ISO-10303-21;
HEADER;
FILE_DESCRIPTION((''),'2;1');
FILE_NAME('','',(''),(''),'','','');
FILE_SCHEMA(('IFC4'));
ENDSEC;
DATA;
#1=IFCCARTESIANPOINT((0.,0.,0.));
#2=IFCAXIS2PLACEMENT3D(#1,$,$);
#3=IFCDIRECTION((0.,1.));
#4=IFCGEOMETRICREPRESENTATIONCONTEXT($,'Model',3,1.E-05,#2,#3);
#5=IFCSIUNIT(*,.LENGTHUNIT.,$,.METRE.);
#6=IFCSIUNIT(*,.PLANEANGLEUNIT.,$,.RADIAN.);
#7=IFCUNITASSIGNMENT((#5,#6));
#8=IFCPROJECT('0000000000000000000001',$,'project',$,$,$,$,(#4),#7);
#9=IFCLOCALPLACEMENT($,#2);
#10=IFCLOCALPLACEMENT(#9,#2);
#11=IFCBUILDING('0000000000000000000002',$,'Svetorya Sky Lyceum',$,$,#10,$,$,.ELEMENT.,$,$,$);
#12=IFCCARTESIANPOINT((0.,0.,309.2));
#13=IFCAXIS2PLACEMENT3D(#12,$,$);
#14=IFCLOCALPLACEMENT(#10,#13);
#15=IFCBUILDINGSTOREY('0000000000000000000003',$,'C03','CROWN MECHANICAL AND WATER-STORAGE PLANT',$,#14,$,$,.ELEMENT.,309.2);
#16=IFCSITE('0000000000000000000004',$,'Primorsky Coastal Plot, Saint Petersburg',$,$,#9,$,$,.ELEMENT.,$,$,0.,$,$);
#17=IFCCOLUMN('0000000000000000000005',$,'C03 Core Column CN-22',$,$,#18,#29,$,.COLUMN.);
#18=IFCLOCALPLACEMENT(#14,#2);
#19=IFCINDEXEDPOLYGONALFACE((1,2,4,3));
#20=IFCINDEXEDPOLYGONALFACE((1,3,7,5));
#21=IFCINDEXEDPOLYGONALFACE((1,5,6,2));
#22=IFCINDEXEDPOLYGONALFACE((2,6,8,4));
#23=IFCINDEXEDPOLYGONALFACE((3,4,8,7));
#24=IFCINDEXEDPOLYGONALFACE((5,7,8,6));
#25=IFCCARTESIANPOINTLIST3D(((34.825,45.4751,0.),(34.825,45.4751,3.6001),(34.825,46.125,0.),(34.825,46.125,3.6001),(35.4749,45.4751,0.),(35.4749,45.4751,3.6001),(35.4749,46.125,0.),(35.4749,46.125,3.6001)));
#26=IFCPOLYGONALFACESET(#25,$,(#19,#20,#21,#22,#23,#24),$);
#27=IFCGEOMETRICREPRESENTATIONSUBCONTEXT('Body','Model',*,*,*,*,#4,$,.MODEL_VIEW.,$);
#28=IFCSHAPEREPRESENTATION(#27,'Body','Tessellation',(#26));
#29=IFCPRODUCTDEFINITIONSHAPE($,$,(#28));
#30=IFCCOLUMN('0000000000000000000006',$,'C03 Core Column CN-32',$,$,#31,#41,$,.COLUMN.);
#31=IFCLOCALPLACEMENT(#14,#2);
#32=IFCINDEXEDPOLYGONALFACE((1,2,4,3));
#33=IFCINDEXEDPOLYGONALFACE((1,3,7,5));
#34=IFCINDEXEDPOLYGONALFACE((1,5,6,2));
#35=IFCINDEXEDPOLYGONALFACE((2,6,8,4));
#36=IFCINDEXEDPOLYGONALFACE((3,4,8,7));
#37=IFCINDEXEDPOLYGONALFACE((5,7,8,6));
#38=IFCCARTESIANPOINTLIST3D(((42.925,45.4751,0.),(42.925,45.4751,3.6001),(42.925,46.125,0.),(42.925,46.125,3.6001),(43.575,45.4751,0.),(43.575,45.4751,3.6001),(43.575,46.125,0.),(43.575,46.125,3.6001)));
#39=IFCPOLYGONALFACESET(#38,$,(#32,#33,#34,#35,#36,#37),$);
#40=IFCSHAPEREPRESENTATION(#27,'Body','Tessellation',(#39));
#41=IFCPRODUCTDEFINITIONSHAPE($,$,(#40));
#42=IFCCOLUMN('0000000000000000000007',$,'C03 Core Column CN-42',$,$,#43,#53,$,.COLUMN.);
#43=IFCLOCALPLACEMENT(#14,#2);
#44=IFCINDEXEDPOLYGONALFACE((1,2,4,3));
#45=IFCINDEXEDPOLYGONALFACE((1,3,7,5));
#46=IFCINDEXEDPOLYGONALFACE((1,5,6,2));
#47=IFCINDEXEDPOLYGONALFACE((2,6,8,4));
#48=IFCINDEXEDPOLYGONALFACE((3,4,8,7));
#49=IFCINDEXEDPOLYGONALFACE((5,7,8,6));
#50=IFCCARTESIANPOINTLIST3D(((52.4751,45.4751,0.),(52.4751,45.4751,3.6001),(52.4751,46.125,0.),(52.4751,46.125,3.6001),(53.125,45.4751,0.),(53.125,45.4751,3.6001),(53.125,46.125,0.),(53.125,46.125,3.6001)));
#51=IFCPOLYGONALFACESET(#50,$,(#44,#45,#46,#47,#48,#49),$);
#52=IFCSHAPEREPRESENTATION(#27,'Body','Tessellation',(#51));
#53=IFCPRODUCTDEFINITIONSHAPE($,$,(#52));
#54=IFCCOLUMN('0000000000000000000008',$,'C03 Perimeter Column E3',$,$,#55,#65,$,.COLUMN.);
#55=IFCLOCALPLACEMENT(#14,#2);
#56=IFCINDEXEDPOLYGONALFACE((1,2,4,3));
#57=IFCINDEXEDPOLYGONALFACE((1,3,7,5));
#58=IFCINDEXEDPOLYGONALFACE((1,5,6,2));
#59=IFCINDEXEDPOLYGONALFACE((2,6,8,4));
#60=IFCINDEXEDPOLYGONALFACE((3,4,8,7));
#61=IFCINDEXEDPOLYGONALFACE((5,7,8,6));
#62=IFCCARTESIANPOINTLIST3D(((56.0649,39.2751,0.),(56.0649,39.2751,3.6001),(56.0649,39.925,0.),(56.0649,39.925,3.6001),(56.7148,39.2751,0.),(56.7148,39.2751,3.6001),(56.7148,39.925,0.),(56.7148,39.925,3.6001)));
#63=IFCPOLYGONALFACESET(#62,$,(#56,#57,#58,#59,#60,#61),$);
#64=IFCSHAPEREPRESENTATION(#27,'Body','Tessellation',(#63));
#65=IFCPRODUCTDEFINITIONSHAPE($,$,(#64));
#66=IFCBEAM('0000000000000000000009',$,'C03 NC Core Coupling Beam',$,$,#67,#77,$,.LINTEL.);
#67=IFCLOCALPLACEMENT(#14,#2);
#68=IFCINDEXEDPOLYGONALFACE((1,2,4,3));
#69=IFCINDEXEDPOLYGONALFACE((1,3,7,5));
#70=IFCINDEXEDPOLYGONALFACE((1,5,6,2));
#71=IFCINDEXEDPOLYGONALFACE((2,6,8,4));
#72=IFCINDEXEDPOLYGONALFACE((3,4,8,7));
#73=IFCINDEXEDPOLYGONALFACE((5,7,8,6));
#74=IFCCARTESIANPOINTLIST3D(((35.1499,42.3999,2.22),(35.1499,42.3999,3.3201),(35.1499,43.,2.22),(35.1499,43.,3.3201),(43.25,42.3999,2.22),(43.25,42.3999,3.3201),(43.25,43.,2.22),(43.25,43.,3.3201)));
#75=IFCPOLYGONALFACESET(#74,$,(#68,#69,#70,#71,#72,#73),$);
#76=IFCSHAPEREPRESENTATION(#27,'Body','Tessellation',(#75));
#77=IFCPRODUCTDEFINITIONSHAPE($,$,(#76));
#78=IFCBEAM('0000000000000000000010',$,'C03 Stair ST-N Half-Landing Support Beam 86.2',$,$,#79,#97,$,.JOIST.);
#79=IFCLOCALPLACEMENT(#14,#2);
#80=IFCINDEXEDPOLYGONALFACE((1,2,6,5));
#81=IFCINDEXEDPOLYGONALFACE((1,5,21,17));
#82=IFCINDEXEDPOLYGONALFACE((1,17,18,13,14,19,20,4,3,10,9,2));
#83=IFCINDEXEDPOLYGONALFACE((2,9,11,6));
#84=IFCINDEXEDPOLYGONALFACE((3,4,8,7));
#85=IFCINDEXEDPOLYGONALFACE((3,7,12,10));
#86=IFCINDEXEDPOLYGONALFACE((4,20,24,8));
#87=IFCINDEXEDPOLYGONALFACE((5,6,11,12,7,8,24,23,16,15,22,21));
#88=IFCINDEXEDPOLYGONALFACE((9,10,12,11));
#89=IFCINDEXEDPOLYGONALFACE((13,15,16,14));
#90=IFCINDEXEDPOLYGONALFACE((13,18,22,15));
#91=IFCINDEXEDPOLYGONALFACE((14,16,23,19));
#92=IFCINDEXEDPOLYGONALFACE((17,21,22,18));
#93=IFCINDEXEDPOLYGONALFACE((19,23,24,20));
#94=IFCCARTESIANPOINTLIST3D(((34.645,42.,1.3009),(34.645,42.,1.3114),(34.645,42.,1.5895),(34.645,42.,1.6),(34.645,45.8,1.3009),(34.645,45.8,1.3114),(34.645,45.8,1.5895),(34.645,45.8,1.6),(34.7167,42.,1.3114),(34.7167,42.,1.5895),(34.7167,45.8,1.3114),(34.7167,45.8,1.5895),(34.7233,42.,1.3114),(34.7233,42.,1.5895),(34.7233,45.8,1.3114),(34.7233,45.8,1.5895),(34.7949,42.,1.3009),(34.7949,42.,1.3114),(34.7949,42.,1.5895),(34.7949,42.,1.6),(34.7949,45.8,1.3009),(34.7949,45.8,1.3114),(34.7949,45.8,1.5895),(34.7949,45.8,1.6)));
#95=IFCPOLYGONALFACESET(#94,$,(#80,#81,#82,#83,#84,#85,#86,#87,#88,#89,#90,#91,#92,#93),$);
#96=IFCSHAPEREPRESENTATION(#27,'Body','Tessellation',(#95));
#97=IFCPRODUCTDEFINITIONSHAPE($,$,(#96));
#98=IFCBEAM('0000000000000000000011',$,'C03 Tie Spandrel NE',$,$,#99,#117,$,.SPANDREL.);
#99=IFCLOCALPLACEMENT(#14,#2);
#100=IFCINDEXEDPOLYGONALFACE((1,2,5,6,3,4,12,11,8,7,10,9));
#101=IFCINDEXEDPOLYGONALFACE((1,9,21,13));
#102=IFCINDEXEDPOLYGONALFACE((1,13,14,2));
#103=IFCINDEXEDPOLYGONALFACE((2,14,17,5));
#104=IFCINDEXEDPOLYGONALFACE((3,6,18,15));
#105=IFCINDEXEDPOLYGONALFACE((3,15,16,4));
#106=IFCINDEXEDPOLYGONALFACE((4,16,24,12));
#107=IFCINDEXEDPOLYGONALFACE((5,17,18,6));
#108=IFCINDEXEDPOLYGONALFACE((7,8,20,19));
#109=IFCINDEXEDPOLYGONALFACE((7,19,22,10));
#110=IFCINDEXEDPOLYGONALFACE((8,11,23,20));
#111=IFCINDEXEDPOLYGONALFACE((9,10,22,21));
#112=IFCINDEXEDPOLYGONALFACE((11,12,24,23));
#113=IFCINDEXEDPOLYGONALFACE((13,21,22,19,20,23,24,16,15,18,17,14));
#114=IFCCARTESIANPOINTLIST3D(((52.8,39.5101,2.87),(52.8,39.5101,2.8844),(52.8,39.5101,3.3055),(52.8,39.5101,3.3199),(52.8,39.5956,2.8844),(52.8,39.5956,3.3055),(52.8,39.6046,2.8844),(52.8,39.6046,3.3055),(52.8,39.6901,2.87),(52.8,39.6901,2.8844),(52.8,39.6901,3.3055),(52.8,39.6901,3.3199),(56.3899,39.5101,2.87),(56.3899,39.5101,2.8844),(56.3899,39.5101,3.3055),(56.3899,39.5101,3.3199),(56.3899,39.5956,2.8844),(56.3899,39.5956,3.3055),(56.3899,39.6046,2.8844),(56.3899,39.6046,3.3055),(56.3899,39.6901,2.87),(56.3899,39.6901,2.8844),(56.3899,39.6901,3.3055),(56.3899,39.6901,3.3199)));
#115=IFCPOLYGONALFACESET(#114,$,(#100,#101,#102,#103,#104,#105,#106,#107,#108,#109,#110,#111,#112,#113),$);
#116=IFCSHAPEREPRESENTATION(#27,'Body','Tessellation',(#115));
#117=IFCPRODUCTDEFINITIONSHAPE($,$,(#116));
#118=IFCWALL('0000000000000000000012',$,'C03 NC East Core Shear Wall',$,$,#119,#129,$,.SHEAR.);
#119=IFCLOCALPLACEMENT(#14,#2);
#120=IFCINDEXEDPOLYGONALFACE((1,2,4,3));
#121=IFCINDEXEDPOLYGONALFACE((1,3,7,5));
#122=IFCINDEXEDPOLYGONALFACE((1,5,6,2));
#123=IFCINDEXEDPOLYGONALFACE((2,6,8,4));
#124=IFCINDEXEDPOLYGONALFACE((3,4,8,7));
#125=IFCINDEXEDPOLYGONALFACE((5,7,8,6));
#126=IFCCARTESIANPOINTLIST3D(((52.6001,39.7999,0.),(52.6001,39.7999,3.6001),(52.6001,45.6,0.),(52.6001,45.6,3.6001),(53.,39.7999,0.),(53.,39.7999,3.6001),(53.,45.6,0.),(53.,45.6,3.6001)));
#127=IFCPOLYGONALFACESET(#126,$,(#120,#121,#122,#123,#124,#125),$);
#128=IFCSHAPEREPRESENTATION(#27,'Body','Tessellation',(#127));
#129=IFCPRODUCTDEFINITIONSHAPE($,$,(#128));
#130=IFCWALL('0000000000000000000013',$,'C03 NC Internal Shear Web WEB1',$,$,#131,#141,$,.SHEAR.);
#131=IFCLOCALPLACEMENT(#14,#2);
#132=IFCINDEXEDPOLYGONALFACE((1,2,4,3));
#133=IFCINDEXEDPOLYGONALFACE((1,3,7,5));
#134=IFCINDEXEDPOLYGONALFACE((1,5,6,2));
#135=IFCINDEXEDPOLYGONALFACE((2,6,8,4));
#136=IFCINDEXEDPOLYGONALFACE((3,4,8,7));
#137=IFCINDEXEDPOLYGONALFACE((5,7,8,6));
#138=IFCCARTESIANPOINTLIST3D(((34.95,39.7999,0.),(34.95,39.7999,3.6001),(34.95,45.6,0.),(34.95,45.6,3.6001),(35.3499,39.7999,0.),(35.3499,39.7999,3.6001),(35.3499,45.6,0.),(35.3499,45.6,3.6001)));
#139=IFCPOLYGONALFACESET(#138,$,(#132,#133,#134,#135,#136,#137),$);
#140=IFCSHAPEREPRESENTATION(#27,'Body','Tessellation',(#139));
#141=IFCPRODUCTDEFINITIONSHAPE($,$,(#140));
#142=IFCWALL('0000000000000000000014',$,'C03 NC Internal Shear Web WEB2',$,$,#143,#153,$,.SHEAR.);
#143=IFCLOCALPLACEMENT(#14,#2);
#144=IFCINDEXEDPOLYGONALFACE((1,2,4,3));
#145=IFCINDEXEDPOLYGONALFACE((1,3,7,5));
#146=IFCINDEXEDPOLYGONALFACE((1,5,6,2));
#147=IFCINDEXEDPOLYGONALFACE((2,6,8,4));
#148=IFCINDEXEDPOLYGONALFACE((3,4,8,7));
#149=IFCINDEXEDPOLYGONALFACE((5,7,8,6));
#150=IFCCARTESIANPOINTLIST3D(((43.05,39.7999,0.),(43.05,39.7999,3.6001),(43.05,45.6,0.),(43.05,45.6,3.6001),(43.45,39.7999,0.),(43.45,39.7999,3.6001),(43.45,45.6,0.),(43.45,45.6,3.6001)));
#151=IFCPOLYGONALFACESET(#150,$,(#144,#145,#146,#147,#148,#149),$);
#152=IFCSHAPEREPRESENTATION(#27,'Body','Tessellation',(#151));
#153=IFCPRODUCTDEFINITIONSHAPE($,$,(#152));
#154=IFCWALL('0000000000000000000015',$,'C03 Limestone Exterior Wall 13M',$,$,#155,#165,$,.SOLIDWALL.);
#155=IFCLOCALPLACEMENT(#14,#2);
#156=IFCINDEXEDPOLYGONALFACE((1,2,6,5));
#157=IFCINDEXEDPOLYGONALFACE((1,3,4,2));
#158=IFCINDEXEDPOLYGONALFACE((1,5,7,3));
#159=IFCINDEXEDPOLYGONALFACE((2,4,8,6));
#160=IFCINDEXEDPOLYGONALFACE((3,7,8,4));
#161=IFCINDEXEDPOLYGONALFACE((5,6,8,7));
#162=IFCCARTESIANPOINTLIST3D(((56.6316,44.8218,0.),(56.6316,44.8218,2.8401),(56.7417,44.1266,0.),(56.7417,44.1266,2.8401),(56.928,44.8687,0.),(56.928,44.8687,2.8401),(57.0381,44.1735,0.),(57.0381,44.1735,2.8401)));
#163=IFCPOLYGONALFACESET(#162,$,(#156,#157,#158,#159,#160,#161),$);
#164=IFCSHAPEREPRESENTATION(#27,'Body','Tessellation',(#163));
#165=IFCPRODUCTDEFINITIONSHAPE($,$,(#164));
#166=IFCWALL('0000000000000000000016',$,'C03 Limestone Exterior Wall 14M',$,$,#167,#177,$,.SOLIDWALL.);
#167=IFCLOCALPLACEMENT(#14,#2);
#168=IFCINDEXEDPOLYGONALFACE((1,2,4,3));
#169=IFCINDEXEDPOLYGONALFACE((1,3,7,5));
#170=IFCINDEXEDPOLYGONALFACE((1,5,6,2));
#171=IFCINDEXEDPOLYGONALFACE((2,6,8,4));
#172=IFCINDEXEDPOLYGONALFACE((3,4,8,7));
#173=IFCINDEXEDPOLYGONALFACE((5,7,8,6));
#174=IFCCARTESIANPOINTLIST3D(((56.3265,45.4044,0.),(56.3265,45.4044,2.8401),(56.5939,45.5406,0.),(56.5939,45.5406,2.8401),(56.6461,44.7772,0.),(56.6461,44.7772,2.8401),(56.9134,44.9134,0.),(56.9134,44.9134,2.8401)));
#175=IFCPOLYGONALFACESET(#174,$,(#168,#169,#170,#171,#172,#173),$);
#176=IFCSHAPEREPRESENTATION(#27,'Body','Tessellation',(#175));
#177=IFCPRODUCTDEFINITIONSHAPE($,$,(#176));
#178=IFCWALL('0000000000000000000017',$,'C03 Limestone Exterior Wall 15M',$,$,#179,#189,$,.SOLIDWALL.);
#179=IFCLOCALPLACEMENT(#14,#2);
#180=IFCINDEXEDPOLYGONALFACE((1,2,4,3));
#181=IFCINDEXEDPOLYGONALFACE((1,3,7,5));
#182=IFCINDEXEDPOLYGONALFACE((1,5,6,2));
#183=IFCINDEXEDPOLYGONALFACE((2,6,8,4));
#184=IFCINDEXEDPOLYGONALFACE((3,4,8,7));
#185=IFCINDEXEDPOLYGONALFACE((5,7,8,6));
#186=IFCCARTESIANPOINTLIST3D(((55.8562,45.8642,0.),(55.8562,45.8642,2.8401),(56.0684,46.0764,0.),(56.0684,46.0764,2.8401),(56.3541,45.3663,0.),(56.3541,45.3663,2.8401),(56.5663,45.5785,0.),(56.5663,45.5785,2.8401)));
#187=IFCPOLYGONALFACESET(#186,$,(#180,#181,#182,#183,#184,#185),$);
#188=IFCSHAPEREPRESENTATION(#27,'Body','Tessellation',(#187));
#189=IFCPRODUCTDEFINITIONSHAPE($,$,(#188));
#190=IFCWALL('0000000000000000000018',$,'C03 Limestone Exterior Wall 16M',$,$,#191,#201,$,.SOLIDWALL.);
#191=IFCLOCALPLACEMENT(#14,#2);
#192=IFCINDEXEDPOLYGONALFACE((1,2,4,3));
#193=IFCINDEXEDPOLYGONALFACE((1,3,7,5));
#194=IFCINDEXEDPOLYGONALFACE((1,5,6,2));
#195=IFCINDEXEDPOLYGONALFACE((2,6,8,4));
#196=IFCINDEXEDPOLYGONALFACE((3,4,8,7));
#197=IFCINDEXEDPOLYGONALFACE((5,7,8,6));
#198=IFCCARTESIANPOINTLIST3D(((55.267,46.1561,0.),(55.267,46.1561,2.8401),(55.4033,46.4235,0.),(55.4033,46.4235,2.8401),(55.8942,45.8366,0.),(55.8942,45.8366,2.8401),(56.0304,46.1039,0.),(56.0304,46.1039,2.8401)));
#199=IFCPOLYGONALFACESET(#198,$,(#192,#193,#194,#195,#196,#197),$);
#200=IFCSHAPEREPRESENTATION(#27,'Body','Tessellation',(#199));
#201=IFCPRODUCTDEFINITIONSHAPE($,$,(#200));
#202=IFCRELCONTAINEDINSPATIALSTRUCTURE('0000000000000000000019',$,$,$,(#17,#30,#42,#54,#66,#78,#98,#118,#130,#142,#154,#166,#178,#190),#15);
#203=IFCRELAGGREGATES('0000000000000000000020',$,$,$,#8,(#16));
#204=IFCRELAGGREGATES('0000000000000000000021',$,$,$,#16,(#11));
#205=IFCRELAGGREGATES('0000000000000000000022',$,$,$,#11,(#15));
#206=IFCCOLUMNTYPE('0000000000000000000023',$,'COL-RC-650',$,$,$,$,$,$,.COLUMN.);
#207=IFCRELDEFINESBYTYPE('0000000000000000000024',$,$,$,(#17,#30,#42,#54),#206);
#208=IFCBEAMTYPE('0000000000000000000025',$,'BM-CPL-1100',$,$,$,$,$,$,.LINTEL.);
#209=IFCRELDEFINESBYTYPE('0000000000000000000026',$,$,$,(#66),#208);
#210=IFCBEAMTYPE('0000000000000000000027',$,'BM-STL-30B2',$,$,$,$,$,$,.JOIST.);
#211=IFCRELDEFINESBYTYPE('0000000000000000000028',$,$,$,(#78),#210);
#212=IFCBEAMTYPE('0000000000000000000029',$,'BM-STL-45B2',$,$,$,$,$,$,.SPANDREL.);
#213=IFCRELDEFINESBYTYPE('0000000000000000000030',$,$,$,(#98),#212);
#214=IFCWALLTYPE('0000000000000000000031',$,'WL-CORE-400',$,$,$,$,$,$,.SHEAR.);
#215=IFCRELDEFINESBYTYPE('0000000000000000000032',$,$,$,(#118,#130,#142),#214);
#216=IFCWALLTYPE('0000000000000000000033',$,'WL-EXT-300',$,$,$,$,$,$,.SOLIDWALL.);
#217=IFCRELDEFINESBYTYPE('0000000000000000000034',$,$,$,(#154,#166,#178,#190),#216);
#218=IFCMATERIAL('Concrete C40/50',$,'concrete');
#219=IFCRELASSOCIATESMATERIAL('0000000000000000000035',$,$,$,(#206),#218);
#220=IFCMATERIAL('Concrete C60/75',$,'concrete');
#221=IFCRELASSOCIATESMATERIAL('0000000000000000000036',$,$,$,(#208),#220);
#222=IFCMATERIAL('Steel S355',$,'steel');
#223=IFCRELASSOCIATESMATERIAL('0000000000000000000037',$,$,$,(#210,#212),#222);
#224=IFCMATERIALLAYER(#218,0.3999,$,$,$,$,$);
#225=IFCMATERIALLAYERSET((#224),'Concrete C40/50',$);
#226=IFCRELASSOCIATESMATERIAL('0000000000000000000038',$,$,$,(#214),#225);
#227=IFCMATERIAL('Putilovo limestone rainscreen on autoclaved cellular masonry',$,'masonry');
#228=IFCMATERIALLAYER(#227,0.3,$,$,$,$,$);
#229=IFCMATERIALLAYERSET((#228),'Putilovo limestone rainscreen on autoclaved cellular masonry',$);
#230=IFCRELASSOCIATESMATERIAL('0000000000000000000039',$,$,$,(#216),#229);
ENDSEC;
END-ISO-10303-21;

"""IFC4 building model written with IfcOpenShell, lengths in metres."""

from ifc_helpers import new_model, si_unit, direction, frame, frame_2d, origin, origin_2d, place, context, subcontext, project, spatial, rectangle, i_section, extrude, material, layer, layer_set, material_profile, profile_set, type_object, element, save


model = new_model("IFC4")

# Units and contexts
model_context = context("Model", 3, precision=1e-05, world=origin(), true_north=direction((0.0, 1.0)))
body_context = subcontext(model_context, "Body", "Model", "MODEL_VIEW")
ifc_project = project(units=[si_unit("LENGTHUNIT", "METRE"), si_unit("PLANEANGLEUNIT", "RADIAN")], contexts=[model_context])

# Site, building, storey
site_placement = place(None, origin())
site = spatial("IfcSite", under=ifc_project, at=site_placement, Name="Primorsky Coastal Plot, Saint Petersburg", CompositionType="ELEMENT", RefElevation=0.0)
building_placement = place(site_placement, origin())
building = spatial("IfcBuilding", under=site, at=building_placement, Name="Svetorya Sky Lyceum", CompositionType="ELEMENT")
storey_placement = place(building_placement, frame((0.0, 0.0, 309.2)))
storey = spatial("IfcBuildingStorey", under=building, at=storey_placement, Name="C03", Description="CROWN MECHANICAL AND WATER-STORAGE PLANT", CompositionType="ELEMENT", Elevation=309.2)

# Columns
ifc_material_1 = material(Name="Concrete C40/50", Category="concrete")
ifc_material_profile_1 = material_profile(ifc_material_1, rectangle(XDim=0.6499, YDim=0.6499, at=origin_2d()), Name="RC COL 650x650")
ifc_profile_set_1 = profile_set([ifc_material_profile_1], Name="Concrete C40/50")
column_type = type_object("IfcColumnType", Name="COL-RC-650", PredefinedType="COLUMN", material=ifc_profile_set_1)
for number, where, z_axis, x_axis, name in (
    (1, (35.1499, 45.8, 0.0), (0.0, 0.0, 1.0), (1.0, 0.0, 0.0), "C03 Core Column CN-22"),
    (2, (43.25, 45.8, 0.0), (0.0, 0.0, 1.0), (1.0, 0.0, 0.0), "C03 Core Column CN-32"),
    (3, (52.8, 45.8, 0.0), (0.0, 0.0, 1.0), (1.0, 0.0, 0.0), "C03 Core Column CN-42"),
    (4, (56.3899, 39.6001, 0.0), (0.0, 0.0, 1.0), (1.0, 0.0, 0.0), "C03 Perimeter Column E3"),
):
    element("IfcColumn", number, at=place(storey_placement, frame(where, z_axis=z_axis, x_axis=x_axis)), inside=storey, type_object=column_type, Name=name, PredefinedType="COLUMN", context=body_context, shape_type="SweptSolid", body=[
        extrude(rectangle(XDim=0.6499, YDim=0.6499, at=origin_2d()), origin(), (0.0, 0.0, 1.0), 3.6001),
    ])

# Beams
ifc_material_2 = material(Name="Concrete C60/75", Category="concrete")
ifc_material_profile_2 = material_profile(ifc_material_2, rectangle(XDim=0.6001, YDim=1.1001, at=origin_2d()), Name="RC COUPLING 600x1100")
ifc_profile_set_2 = profile_set([ifc_material_profile_2], Name="Concrete C60/75")
beam_type_1 = type_object("IfcBeamType", Name="BM-CPL-1100", PredefinedType="LINTEL", material=ifc_profile_set_2)
beam_1_placement = place(storey_placement, frame((35.1499, 42.7, 2.77), z_axis=(1.0, 0.0, 0.0), x_axis=(0.0, 1.0, 0.0)))
element("IfcBeam", 5, at=beam_1_placement, inside=storey, type_object=beam_type_1, Name="C03 NC Core Coupling Beam", PredefinedType="LINTEL", context=body_context, shape_type="SweptSolid", body=[
    extrude(rectangle(XDim=0.6001, YDim=1.1001, at=origin_2d()), origin(), (0.0, 0.0, 1.0), 8.1001),
])
ifc_material_3 = material(Name="Steel S355", Category="steel")
ifc_material_profile_3 = material_profile(ifc_material_3, i_section(OverallWidth=0.1499, OverallDepth=0.2991, WebThickness=0.0066, FlangeThickness=0.0105, at=origin_2d()), Name="GOST 30B2")
ifc_profile_set_3 = profile_set([ifc_material_profile_3], Name="Steel S355")
beam_type_2 = type_object("IfcBeamType", Name="BM-STL-30B2", PredefinedType="JOIST", material=ifc_profile_set_3)
beam_2_placement = place(storey_placement, frame((34.72, 42.0, 1.4504), z_axis=(0.0, 1.0, 0.0), x_axis=(-1.0, 0.0, 0.0)))
element("IfcBeam", 6, at=beam_2_placement, inside=storey, type_object=beam_type_2, Name="C03 Stair ST-N Half-Landing Support Beam 86.2", PredefinedType="JOIST", context=body_context, shape_type="SweptSolid", body=[
    extrude(i_section(OverallWidth=0.1499, OverallDepth=0.2991, WebThickness=0.0066, FlangeThickness=0.0105, at=origin_2d()), origin(), (0.0, 0.0, 1.0), 3.8),
])
ifc_material_profile_4 = material_profile(ifc_material_3, i_section(OverallWidth=0.1799, OverallDepth=0.45, WebThickness=0.009, FlangeThickness=0.0144, at=origin_2d()), Name="GOST 45B2")
ifc_profile_set_4 = profile_set([ifc_material_profile_4], Name="Steel S355")
beam_type_3 = type_object("IfcBeamType", Name="BM-STL-45B2", PredefinedType="SPANDREL", material=ifc_profile_set_4)
beam_3_placement = place(storey_placement, frame((52.8, 39.6001, 3.095), z_axis=(1.0, 0.0, 0.0), x_axis=(0.0, 1.0, 0.0)))
element("IfcBeam", 7, at=beam_3_placement, inside=storey, type_object=beam_type_3, Name="C03 Tie Spandrel NE", PredefinedType="SPANDREL", context=body_context, shape_type="SweptSolid", body=[
    extrude(i_section(OverallWidth=0.1799, OverallDepth=0.45, WebThickness=0.009, FlangeThickness=0.0144, at=origin_2d()), origin(), (0.0, 0.0, 1.0), 3.5898),
])

# Walls
ifc_layer_1 = layer(ifc_material_1, 0.3999)
ifc_layer_set_1 = layer_set([ifc_layer_1], Name="Concrete C40/50")
wall_type_1 = type_object("IfcWallType", Name="WL-CORE-400", PredefinedType="SHEAR", material=ifc_layer_set_1)
for number, where, z_axis, x_axis, name in (
    (8, (52.8, 39.8, 0.0), (0.0, 0.0, 1.0), (0.0, 1.0, 0.0), "C03 NC East Core Shear Wall"),
    (9, (35.1499, 39.8, 0.0), (0.0, 0.0, 1.0), (0.0, 1.0, 0.0), "C03 NC Internal Shear Web WEB1"),
    (10, (43.25, 39.8, 0.0), (0.0, 0.0, 1.0), (0.0, 1.0, 0.0), "C03 NC Internal Shear Web WEB2"),
):
    element("IfcWall", number, at=place(storey_placement, frame(where, z_axis=z_axis, x_axis=x_axis)), inside=storey, type_object=wall_type_1, Name=name, PredefinedType="SHEAR", context=body_context, shape_type="SweptSolid", body=[
        extrude(rectangle(XDim=5.8, YDim=0.3999, at=frame_2d((2.8999, 0.0))), origin(), (0.0, 0.0, 1.0), 3.6001),
    ])
ifc_material_4 = material(Name="Putilovo limestone rainscreen on autoclaved cellular masonry", Category="masonry")
ifc_layer_2 = layer(ifc_material_4, 0.3)
ifc_layer_set_2 = layer_set([ifc_layer_2], Name="Putilovo limestone rainscreen on autoclaved cellular masonry")
wall_type_2 = type_object("IfcWallType", Name="WL-EXT-300", PredefinedType="SOLIDWALL", material=ifc_layer_set_2)
for number, where, z_axis, x_axis, name in (
    (11, (56.8899, 44.1499, 0.0), (0.0, 0.0, 1.0), (-0.156408, 0.987693, 0.0), "C03 Limestone Exterior Wall 13M"),
    (12, (56.7798, 44.8452, 0.0), (0.0, 0.0, 1.0), (-0.453999, 0.891002, 0.0), "C03 Limestone Exterior Wall 14M"),
):
    element("IfcWall", number, at=place(storey_placement, frame(where, z_axis=z_axis, x_axis=x_axis)), inside=storey, type_object=wall_type_2, Name=name, PredefinedType="SOLIDWALL", context=body_context, shape_type="SweptSolid", body=[
        extrude(rectangle(XDim=0.7039, YDim=0.3, at=frame_2d((0.3521, 0.0))), origin(), (0.0, 0.0, 1.0), 2.8401),
    ])
wall_1_placement = place(storey_placement, frame((56.4602, 45.4724, 0.0), z_axis=(0.0, 0.0, 1.0), x_axis=(-0.707107, 0.707107, 0.0)))
element("IfcWall", 13, at=wall_1_placement, inside=storey, type_object=wall_type_2, Name="C03 Limestone Exterior Wall 15M", PredefinedType="SOLIDWALL", context=body_context, shape_type="SweptSolid", body=[
    extrude(rectangle(XDim=0.7041, YDim=0.3, at=frame_2d((0.3521, 0.0))), origin(), (0.0, 0.0, 1.0), 2.8401),
])
for number, where, z_axis, x_axis, name in (
    (14, (55.9624, 45.9702, 0.0), (0.0, 0.0, 1.0), (-0.891002, 0.453999, 0.0), "C03 Limestone Exterior Wall 16M"),
):
    element("IfcWall", number, at=place(storey_placement, frame(where, z_axis=z_axis, x_axis=x_axis)), inside=storey, type_object=wall_type_2, Name=name, PredefinedType="SOLIDWALL", context=body_context, shape_type="SweptSolid", body=[
        extrude(rectangle(XDim=0.7039, YDim=0.3, at=frame_2d((0.3521, 0.0))), origin(), (0.0, 0.0, 1.0), 2.8401),
    ])

save(model, "model.ifc")
